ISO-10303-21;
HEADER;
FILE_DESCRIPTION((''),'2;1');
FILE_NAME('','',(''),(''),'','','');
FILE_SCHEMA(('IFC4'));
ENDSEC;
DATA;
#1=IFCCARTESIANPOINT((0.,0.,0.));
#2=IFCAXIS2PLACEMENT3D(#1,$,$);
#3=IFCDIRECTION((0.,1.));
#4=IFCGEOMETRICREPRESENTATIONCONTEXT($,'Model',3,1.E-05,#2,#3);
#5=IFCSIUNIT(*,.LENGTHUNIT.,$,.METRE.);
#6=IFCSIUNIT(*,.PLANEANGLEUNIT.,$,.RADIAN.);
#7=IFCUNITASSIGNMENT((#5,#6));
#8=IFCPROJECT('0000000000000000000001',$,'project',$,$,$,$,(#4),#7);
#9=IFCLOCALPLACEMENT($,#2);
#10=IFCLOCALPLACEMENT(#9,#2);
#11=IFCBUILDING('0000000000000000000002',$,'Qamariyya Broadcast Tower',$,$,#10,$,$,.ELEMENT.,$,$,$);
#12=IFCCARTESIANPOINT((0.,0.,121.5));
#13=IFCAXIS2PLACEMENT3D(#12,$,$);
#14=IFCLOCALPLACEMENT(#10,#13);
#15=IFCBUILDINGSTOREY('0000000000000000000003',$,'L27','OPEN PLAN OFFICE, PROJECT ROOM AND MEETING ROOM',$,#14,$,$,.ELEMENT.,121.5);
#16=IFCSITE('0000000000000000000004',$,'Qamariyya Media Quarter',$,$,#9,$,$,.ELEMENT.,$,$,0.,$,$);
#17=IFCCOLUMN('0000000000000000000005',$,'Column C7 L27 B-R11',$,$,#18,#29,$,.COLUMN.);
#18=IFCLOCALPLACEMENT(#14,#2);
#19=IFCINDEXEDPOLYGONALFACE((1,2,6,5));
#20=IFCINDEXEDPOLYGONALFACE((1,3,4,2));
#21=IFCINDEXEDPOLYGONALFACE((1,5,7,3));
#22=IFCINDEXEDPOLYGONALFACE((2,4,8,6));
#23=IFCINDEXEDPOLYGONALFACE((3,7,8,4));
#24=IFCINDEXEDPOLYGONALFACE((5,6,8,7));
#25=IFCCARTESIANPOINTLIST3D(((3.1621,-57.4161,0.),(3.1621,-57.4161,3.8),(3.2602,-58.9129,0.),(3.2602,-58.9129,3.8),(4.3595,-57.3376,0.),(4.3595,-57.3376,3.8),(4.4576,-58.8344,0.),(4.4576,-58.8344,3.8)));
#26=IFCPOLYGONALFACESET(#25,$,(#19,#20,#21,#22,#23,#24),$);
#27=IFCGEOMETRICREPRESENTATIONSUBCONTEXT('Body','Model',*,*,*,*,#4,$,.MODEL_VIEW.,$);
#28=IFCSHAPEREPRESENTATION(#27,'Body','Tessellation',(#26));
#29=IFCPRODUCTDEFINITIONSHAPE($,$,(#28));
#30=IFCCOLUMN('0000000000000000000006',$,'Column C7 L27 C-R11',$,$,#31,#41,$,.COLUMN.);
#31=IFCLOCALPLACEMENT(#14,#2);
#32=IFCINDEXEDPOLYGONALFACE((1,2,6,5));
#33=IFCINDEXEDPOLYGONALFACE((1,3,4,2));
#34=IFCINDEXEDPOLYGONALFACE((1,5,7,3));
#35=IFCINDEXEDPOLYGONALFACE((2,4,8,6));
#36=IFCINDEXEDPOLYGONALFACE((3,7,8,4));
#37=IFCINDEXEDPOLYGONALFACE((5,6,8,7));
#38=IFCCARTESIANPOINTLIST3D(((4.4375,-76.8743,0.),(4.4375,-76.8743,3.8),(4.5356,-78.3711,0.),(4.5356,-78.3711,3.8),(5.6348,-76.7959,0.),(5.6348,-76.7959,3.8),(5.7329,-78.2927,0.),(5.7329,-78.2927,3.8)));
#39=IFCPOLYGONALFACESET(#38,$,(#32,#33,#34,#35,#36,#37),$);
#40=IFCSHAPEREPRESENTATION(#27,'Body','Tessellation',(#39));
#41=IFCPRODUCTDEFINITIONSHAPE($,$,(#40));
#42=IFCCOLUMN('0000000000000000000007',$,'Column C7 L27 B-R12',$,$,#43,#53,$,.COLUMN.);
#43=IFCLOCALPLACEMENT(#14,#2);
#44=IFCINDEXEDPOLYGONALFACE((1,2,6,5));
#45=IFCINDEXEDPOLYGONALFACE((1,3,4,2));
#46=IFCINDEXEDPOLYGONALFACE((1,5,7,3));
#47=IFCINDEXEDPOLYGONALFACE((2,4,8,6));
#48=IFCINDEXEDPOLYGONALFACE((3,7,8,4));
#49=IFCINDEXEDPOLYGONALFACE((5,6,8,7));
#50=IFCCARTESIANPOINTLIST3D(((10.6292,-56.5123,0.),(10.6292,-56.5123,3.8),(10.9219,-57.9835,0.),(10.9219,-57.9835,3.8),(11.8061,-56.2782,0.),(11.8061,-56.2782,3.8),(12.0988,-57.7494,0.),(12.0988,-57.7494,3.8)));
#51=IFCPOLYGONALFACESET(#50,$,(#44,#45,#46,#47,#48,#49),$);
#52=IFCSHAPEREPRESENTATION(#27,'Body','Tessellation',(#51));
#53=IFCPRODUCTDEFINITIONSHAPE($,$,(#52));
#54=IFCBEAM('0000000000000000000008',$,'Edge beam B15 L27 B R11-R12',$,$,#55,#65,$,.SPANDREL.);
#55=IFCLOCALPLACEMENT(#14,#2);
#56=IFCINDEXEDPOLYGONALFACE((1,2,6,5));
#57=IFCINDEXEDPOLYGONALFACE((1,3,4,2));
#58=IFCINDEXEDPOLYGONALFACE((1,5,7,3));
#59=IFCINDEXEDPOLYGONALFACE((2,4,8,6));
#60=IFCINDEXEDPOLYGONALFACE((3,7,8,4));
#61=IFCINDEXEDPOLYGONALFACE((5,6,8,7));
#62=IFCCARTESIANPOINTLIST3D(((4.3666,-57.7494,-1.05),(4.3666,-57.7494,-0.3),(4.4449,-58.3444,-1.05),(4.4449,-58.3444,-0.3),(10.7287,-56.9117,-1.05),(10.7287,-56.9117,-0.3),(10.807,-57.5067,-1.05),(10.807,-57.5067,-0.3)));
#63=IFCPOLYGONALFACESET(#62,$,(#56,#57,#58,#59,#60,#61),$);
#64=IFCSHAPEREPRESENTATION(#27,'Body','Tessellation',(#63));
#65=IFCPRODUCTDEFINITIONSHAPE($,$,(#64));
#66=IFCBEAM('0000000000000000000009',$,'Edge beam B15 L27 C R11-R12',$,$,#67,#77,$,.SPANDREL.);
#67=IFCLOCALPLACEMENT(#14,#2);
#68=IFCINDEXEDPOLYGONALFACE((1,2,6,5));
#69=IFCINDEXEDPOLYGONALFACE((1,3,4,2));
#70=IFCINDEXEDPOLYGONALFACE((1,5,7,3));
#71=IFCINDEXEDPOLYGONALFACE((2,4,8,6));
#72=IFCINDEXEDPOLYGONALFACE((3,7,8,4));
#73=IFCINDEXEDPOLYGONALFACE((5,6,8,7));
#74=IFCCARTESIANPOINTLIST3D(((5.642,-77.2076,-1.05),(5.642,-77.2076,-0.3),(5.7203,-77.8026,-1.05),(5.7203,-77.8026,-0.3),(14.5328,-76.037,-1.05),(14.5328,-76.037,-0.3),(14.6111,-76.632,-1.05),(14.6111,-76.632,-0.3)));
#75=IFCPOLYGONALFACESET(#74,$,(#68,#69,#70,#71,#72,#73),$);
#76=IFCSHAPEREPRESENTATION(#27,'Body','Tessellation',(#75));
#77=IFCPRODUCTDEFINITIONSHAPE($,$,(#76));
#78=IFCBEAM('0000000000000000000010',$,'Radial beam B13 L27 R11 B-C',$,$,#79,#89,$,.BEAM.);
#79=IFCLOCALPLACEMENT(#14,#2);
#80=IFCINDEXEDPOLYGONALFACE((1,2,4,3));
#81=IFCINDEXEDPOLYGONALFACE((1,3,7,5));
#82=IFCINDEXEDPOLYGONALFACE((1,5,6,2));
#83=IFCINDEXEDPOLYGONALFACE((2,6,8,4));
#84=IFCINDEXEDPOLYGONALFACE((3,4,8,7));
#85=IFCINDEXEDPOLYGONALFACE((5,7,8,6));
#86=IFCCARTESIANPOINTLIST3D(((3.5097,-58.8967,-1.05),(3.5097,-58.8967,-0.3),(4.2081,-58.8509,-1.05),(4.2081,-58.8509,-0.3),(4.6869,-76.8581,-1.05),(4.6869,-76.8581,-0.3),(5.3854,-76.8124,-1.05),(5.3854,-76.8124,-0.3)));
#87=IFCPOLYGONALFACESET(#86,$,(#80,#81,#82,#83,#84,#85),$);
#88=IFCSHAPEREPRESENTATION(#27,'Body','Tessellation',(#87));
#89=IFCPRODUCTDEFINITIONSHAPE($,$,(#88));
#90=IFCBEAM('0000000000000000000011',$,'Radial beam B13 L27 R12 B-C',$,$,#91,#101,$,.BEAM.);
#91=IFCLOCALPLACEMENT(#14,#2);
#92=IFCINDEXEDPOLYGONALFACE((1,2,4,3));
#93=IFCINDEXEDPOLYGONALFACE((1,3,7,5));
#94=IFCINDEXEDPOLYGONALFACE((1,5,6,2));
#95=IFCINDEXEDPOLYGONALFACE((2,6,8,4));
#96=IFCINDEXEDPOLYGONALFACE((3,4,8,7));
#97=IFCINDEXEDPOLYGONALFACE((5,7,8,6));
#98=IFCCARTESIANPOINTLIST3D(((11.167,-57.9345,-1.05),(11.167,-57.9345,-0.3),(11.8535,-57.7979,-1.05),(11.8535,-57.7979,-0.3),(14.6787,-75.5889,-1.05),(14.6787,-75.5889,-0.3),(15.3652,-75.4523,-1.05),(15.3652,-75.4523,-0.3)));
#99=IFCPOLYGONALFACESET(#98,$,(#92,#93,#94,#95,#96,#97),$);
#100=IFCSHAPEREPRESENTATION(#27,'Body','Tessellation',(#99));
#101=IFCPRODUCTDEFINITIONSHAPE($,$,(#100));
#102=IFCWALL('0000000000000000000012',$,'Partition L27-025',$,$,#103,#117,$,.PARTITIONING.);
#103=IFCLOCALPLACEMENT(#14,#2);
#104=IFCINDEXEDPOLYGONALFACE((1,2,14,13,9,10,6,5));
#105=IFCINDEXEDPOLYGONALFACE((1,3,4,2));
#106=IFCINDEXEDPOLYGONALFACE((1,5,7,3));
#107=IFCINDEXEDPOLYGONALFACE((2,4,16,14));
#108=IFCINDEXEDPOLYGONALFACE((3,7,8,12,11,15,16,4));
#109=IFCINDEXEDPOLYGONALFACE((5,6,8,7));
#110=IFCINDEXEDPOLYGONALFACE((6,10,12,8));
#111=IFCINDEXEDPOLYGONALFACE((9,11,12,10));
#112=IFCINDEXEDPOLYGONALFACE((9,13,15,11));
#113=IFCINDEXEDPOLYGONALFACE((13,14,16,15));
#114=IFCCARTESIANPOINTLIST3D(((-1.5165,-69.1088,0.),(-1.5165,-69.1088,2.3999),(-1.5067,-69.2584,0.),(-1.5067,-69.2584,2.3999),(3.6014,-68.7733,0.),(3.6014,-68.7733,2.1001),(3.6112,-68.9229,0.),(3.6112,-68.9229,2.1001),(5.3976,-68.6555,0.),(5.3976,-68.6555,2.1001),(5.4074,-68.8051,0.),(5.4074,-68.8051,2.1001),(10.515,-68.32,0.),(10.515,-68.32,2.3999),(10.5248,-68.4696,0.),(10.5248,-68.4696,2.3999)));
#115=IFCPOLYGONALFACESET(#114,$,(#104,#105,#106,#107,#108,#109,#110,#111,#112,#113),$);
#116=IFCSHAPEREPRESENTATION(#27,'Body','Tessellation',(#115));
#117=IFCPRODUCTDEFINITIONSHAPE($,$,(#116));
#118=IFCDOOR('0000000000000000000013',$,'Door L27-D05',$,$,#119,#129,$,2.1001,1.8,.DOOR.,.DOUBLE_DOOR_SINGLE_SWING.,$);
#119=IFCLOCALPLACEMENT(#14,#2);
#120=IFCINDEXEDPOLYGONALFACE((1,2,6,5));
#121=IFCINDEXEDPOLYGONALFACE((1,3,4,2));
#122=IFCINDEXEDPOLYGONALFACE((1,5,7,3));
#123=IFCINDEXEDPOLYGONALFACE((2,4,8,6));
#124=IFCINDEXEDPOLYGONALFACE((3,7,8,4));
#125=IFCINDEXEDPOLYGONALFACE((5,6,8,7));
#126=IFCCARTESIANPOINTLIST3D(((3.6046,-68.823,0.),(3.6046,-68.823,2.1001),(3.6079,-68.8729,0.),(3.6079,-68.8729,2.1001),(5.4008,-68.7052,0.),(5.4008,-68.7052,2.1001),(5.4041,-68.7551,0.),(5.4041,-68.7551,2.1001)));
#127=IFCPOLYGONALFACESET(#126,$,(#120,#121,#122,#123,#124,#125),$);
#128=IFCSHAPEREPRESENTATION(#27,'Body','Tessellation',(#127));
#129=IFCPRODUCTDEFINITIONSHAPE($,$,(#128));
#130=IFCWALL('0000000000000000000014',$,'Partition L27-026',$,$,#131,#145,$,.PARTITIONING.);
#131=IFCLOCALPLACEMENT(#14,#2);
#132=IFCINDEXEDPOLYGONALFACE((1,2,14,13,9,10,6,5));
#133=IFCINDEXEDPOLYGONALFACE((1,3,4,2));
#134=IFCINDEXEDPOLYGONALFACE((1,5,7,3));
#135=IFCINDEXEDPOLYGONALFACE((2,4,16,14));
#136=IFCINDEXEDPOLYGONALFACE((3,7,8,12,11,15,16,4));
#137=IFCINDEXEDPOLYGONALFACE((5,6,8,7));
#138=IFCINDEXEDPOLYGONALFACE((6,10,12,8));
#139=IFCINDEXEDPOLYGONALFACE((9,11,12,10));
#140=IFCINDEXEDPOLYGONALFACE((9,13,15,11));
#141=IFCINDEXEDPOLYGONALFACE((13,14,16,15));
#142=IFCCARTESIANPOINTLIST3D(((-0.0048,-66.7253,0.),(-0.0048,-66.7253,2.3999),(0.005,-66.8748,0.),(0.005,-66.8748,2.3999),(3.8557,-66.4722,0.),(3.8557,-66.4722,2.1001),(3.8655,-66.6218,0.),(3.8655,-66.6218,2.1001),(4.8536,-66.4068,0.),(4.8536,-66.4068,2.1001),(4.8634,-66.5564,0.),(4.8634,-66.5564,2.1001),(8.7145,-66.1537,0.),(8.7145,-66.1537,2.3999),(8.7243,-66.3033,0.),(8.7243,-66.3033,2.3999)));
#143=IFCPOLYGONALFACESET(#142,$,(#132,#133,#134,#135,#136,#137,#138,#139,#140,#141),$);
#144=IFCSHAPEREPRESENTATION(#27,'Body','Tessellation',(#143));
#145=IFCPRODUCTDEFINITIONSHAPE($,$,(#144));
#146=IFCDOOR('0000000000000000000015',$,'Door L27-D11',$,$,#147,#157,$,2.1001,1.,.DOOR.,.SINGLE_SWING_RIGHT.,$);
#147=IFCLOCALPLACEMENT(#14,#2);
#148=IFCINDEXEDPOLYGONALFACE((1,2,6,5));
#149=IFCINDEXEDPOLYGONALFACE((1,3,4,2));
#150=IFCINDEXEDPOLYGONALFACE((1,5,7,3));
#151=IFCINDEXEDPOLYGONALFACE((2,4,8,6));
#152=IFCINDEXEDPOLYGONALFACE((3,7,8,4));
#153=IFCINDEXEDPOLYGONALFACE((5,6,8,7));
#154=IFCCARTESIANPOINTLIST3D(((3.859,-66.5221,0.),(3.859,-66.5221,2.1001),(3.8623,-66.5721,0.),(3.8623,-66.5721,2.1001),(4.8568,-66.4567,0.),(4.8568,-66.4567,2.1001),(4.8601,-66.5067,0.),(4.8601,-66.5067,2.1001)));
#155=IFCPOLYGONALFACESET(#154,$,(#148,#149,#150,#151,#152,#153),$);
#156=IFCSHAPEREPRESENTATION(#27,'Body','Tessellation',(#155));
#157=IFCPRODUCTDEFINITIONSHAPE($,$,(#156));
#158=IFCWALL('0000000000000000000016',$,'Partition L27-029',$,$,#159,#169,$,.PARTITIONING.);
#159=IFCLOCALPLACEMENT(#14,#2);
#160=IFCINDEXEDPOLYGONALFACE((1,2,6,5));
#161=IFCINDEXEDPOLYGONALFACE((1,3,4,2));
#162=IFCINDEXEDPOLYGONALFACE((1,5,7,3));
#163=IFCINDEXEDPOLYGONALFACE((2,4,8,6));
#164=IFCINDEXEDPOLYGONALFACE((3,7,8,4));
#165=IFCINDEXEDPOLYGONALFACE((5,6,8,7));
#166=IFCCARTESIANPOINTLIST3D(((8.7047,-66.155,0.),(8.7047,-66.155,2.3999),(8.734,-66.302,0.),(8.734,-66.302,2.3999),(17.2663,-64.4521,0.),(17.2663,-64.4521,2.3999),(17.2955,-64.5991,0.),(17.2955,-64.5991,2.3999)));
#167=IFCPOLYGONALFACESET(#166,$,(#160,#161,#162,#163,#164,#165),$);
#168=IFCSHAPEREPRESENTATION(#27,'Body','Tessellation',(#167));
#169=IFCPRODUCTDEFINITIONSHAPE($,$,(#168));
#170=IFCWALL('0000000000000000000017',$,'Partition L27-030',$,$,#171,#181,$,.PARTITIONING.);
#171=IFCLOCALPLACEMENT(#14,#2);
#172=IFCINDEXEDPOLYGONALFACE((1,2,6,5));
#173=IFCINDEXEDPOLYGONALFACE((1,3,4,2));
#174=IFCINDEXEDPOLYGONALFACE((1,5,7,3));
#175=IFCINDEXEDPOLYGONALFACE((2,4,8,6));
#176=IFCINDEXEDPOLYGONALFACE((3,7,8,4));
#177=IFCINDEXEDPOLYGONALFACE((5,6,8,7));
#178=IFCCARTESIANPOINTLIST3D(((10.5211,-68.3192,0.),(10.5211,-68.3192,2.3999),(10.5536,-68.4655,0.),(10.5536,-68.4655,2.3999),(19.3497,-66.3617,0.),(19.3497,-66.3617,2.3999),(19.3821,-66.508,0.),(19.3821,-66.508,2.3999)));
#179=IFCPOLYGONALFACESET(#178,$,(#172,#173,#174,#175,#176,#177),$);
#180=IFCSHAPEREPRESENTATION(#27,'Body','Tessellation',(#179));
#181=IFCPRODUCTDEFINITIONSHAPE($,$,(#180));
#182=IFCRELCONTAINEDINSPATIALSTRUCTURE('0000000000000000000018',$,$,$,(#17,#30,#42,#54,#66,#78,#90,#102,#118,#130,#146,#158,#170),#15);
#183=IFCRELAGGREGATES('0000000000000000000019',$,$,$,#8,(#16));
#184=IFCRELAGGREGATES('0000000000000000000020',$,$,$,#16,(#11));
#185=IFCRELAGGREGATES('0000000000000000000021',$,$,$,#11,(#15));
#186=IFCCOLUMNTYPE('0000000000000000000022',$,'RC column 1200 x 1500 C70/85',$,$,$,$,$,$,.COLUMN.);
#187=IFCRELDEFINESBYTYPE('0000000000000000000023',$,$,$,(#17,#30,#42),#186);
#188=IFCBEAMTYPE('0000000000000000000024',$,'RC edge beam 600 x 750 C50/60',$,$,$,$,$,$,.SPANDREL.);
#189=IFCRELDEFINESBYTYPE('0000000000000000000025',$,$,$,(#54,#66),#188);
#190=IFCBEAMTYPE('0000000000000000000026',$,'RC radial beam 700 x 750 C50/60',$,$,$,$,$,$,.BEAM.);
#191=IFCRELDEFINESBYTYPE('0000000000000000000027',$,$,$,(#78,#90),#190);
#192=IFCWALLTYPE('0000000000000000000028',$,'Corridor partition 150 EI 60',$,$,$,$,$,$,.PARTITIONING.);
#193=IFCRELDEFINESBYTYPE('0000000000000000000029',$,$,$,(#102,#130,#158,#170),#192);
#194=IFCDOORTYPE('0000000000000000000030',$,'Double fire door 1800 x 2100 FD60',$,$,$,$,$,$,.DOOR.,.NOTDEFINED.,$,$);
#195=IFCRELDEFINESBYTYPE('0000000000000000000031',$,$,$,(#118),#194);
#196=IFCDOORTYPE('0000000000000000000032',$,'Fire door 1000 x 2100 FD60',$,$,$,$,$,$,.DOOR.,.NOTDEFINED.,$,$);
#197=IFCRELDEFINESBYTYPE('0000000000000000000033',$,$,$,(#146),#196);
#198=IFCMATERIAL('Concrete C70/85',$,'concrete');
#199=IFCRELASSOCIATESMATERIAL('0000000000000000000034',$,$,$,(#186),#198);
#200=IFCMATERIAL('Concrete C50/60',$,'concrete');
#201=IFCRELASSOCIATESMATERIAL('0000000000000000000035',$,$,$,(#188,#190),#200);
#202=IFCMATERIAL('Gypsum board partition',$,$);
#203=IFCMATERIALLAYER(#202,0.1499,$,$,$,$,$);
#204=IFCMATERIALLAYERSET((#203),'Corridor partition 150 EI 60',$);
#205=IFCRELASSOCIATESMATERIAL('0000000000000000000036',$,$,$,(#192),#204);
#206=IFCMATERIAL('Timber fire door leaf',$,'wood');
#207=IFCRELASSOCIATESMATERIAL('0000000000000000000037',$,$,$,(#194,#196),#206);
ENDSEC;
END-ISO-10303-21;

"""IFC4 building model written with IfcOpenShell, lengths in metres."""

from ifc_helpers import new_model, si_unit, direction, frame, frame_2d, origin, origin_2d, place, context, subcontext, project, spatial, rectangle, extrude, material, layer, layer_set, material_profile, profile_set, type_object, element, fill, save


model = new_model("IFC4")

# Units and contexts
model_context = context("Model", 3, precision=1e-05, world=origin(), true_north=direction((0.0, 1.0)))
body_context = subcontext(model_context, "Body", "Model", "MODEL_VIEW")
ifc_project = project(units=[si_unit("LENGTHUNIT", "METRE"), si_unit("PLANEANGLEUNIT", "RADIAN")], contexts=[model_context])

# Site, building, storey
site_placement = place(None, origin())
site = spatial("IfcSite", under=ifc_project, at=site_placement, Name="Qamariyya Media Quarter", CompositionType="ELEMENT", RefElevation=0.0)
building_placement = place(site_placement, origin())
building = spatial("IfcBuilding", under=site, at=building_placement, Name="Qamariyya Broadcast Tower", CompositionType="ELEMENT")
storey_placement = place(building_placement, frame((0.0, 0.0, 121.5)))
storey = spatial("IfcBuildingStorey", under=building, at=storey_placement, Name="L27", Description="OPEN PLAN OFFICE, PROJECT ROOM AND MEETING ROOM", CompositionType="ELEMENT", Elevation=121.5)

# Columns
ifc_material_1 = material(Name="Concrete C70/85", Category="concrete")
ifc_material_profile_1 = material_profile(ifc_material_1, rectangle(XDim=1.2, YDim=1.5, at=origin_2d()))
ifc_profile_set_1 = profile_set([ifc_material_profile_1], Name="Concrete C70/85")
column_type = type_object("IfcColumnType", Name="RC column 1200 x 1500 C70/85", PredefinedType="COLUMN", material=ifc_profile_set_1)
for number, where, z_axis, x_axis, name in (
    (1, (3.8098, -58.1252, 0.0), (0.0, 0.0, 1.0), (0.997859, 0.065403, 0.0), "Column C7 L27 B-R11"),
    (2, (5.0852, -77.5835, 0.0), (0.0, 0.0, 1.0), (0.997859, 0.065403, 0.0), "Column C7 L27 C-R11"),
    (3, (11.364, -57.1309, 0.0), (0.0, 0.0, 1.0), (0.980785, 0.19509, 0.0), "Column C7 L27 B-R12"),
):
    element("IfcColumn", number, at=place(storey_placement, frame(where, z_axis=z_axis, x_axis=x_axis)), inside=storey, type_object=column_type, Name=name, PredefinedType="COLUMN", context=body_context, shape_type="SweptSolid", body=[
        extrude(rectangle(XDim=1.2, YDim=1.5, at=origin_2d()), origin(), (0.0, 0.0, 1.0), 3.8),
    ])

# Beams
ifc_material_2 = material(Name="Concrete C50/60", Category="concrete")
ifc_material_profile_2 = material_profile(ifc_material_2, rectangle(XDim=0.6001, YDim=0.75, at=origin_2d()))
ifc_profile_set_2 = profile_set([ifc_material_profile_2], Name="Concrete C50/60")
beam_type_1 = type_object("IfcBeamType", Name="RC edge beam 600 x 750 C50/60", PredefinedType="SPANDREL", material=ifc_profile_set_2)
beam_1_placement = place(storey_placement, frame((4.4058, -58.0469, -0.675), z_axis=(0.991444, 0.130536, 0.0), x_axis=(-0.130536, 0.991444, 0.0)))
element("IfcBeam", 4, at=beam_1_placement, inside=storey, type_object=beam_type_1, Name="Edge beam B15 L27 B R11-R12", PredefinedType="SPANDREL", context=body_context, shape_type="SweptSolid", body=[
    extrude(rectangle(XDim=0.6001, YDim=0.75, at=origin_2d()), origin(), (0.0, 0.0, 1.0), 6.417),
])
beam_2_placement = place(storey_placement, frame((5.6812, -77.5051, -0.675), z_axis=(0.991443, 0.130543, 0.0), x_axis=(-0.130543, 0.991443, 0.0)))
element("IfcBeam", 5, at=beam_2_placement, inside=storey, type_object=beam_type_1, Name="Edge beam B15 L27 C R11-R12", PredefinedType="SPANDREL", context=body_context, shape_type="SweptSolid", body=[
    extrude(rectangle(XDim=0.6001, YDim=0.75, at=origin_2d()), origin(), (0.0, 0.0, 1.0), 8.9675),
])
ifc_material_profile_3 = material_profile(ifc_material_2, rectangle(XDim=0.7, YDim=0.75, at=origin_2d()))
ifc_profile_set_3 = profile_set([ifc_material_profile_3], Name="Concrete C50/60")
beam_type_2 = type_object("IfcBeamType", Name="RC radial beam 700 x 750 C50/60", PredefinedType="BEAM", material=ifc_profile_set_3)
beam_3_placement = place(storey_placement, frame((3.8589, -58.8738, -0.675), z_axis=(0.065403, -0.997859, 0.0), x_axis=(0.997859, 0.065403, 0.0)))
element("IfcBeam", 6, at=beam_3_placement, inside=storey, type_object=beam_type_2, Name="Radial beam B13 L27 R11 B-C", PredefinedType="BEAM", context=body_context, shape_type="SweptSolid", body=[
    extrude(rectangle(XDim=0.7, YDim=0.75, at=origin_2d()), origin(), (0.0, 0.0, 1.0), 18.0),
])
beam_4_placement = place(storey_placement, frame((11.5103, -57.8662, -0.675), z_axis=(0.195094, -0.980785, 0.0), x_axis=(0.980785, 0.195094, 0.0)))
element("IfcBeam", 7, at=beam_4_placement, inside=storey, type_object=beam_type_2, Name="Radial beam B13 L27 R12 B-C", PredefinedType="BEAM", context=body_context, shape_type="SweptSolid", body=[
    extrude(rectangle(XDim=0.7, YDim=0.75, at=origin_2d()), origin(), (0.0, 0.0, 1.0), 18.0002),
])

# Walls, openings, doors
ifc_material_3 = material(Name="Gypsum board partition")
ifc_layer_1 = layer(ifc_material_3, 0.1499)
ifc_layer_set_1 = layer_set([ifc_layer_1], Name="Corridor partition 150 EI 60")
wall_type_1 = type_object("IfcWallType", Name="Corridor partition 150 EI 60", PredefinedType="PARTITIONING", material=ifc_layer_set_1)
wall_1_placement = place(storey_placement, frame((10.52, -68.3948, 0.0), z_axis=(0.0, 0.0, 1.0), x_axis=(-0.997858, -0.065422, 0.0)))
wall_1 = element("IfcWall", 8, at=wall_1_placement, inside=storey, type_object=wall_type_1, Name="Partition L27-025", PredefinedType="PARTITIONING", context=body_context, shape_type="SweptSolid", body=[
    extrude(rectangle(XDim=12.0574, YDim=0.1499, at=frame_2d((6.0288, 0.0))), origin(), (0.0, 0.0, 1.0), 2.3999),
])
opening_1_placement = place(wall_1_placement, frame((5.1287, 0.0, 0.0)))
opening_1 = element("IfcOpeningElement", 9, at=opening_1_placement, cuts=wall_1, PredefinedType="OPENING", context=body_context, shape_type="SweptSolid", body=[
    extrude(rectangle(XDim=1.8, YDim=2.1001, at=frame_2d((0.8999, 1.05))), frame((0.0, 0.085, 0.0), z_axis=(0.0, -1.0, 0.0), x_axis=(1.0, 0.0, 0.0)), (0.0, 0.0, 1.0), 0.1699),
])
ifc_material_4 = material(Name="Timber fire door leaf", Category="wood")
door_type_1 = type_object("IfcDoorType", Name="Double fire door 1800 x 2100 FD60", OperationType="NOTDEFINED", PredefinedType="DOOR", material=ifc_material_4)
door_1_placement = place(opening_1_placement, origin())
door_1 = element("IfcDoor", 10, at=door_1_placement, inside=storey, type_object=door_type_1, Name="Door L27-D05", OperationType="DOUBLE_DOOR_SINGLE_SWING", OverallHeight=2.1001, OverallWidth=1.8, PredefinedType="DOOR", context=body_context, shape_type="SweptSolid", body=[
    extrude(rectangle(XDim=1.8, YDim=2.1001, at=frame_2d((0.8999, 1.05))), frame((0.0, 0.0249, 0.0), z_axis=(0.0, -1.0, 0.0), x_axis=(1.0, 0.0, 0.0)), (0.0, 0.0, 1.0), 0.05),
])
fill(opening_1, door_1)
wall_2_placement = place(storey_placement, frame((0.0, -66.8, 0.0), z_axis=(0.0, 0.0, 1.0), x_axis=(0.997859, 0.065408, 0.0)))
wall_2 = element("IfcWall", 11, at=wall_2_placement, inside=storey, type_object=wall_type_1, Name="Partition L27-026", PredefinedType="PARTITIONING", context=body_context, shape_type="SweptSolid", body=[
    extrude(rectangle(XDim=8.738, YDim=0.1499, at=frame_2d((4.3691, 0.0))), origin(), (0.0, 0.0, 1.0), 2.3999),
])
opening_2_placement = place(wall_2_placement, frame((3.8689, 0.0, 0.0)))
opening_2 = element("IfcOpeningElement", 12, at=opening_2_placement, cuts=wall_2, PredefinedType="OPENING", context=body_context, shape_type="SweptSolid", body=[
    extrude(rectangle(XDim=1.0, YDim=2.1001, at=frame_2d((0.5, 1.05))), frame((0.0, 0.085, 0.0), z_axis=(0.0, -1.0, 0.0), x_axis=(1.0, 0.0, 0.0)), (0.0, 0.0, 1.0), 0.1699),
])
door_type_2 = type_object("IfcDoorType", Name="Fire door 1000 x 2100 FD60", OperationType="NOTDEFINED", PredefinedType="DOOR", material=ifc_material_4)
door_2_placement = place(opening_2_placement, origin())
door_2 = element("IfcDoor", 13, at=door_2_placement, inside=storey, type_object=door_type_2, Name="Door L27-D11", OperationType="SINGLE_SWING_RIGHT", OverallHeight=2.1001, OverallWidth=1.0, PredefinedType="DOOR", context=body_context, shape_type="SweptSolid", body=[
    extrude(rectangle(XDim=1.0, YDim=2.1001, at=frame_2d((0.5, 1.05))), frame((0.0, 0.0249, 0.0), z_axis=(0.0, -1.0, 0.0), x_axis=(1.0, 0.0, 0.0)), (0.0, 0.0, 1.0), 0.05),
])
fill(opening_2, door_2)

# Walls
wall_3_placement = place(storey_placement, frame((8.7192, -66.2285, 0.0), z_axis=(0.0, 0.0, 1.0), x_axis=(0.980788, 0.195078, 0.0)))
element("IfcWall", 14, at=wall_3_placement, inside=storey, type_object=wall_type_1, Name="Partition L27-029", PredefinedType="PARTITIONING", context=body_context, shape_type="SweptSolid", body=[
    extrude(rectangle(XDim=8.7292, YDim=0.1499, at=frame_2d((4.3647, 0.0))), origin(), (0.0, 0.0, 1.0), 2.3999),
])
wall_4_placement = place(storey_placement, frame((10.5374, -68.3923, 0.0), z_axis=(0.0, 0.0, 1.0), x_axis=(0.97629, 0.216467, 0.0)))
element("IfcWall", 15, at=wall_4_placement, inside=storey, type_object=wall_type_1, Name="Partition L27-030", PredefinedType="PARTITIONING", context=body_context, shape_type="SweptSolid", body=[
    extrude(rectangle(XDim=9.043, YDim=0.1499, at=frame_2d((4.5215, 0.0))), origin(), (0.0, 0.0, 1.0), 2.3999),
])

save(model, "model.ifc")
